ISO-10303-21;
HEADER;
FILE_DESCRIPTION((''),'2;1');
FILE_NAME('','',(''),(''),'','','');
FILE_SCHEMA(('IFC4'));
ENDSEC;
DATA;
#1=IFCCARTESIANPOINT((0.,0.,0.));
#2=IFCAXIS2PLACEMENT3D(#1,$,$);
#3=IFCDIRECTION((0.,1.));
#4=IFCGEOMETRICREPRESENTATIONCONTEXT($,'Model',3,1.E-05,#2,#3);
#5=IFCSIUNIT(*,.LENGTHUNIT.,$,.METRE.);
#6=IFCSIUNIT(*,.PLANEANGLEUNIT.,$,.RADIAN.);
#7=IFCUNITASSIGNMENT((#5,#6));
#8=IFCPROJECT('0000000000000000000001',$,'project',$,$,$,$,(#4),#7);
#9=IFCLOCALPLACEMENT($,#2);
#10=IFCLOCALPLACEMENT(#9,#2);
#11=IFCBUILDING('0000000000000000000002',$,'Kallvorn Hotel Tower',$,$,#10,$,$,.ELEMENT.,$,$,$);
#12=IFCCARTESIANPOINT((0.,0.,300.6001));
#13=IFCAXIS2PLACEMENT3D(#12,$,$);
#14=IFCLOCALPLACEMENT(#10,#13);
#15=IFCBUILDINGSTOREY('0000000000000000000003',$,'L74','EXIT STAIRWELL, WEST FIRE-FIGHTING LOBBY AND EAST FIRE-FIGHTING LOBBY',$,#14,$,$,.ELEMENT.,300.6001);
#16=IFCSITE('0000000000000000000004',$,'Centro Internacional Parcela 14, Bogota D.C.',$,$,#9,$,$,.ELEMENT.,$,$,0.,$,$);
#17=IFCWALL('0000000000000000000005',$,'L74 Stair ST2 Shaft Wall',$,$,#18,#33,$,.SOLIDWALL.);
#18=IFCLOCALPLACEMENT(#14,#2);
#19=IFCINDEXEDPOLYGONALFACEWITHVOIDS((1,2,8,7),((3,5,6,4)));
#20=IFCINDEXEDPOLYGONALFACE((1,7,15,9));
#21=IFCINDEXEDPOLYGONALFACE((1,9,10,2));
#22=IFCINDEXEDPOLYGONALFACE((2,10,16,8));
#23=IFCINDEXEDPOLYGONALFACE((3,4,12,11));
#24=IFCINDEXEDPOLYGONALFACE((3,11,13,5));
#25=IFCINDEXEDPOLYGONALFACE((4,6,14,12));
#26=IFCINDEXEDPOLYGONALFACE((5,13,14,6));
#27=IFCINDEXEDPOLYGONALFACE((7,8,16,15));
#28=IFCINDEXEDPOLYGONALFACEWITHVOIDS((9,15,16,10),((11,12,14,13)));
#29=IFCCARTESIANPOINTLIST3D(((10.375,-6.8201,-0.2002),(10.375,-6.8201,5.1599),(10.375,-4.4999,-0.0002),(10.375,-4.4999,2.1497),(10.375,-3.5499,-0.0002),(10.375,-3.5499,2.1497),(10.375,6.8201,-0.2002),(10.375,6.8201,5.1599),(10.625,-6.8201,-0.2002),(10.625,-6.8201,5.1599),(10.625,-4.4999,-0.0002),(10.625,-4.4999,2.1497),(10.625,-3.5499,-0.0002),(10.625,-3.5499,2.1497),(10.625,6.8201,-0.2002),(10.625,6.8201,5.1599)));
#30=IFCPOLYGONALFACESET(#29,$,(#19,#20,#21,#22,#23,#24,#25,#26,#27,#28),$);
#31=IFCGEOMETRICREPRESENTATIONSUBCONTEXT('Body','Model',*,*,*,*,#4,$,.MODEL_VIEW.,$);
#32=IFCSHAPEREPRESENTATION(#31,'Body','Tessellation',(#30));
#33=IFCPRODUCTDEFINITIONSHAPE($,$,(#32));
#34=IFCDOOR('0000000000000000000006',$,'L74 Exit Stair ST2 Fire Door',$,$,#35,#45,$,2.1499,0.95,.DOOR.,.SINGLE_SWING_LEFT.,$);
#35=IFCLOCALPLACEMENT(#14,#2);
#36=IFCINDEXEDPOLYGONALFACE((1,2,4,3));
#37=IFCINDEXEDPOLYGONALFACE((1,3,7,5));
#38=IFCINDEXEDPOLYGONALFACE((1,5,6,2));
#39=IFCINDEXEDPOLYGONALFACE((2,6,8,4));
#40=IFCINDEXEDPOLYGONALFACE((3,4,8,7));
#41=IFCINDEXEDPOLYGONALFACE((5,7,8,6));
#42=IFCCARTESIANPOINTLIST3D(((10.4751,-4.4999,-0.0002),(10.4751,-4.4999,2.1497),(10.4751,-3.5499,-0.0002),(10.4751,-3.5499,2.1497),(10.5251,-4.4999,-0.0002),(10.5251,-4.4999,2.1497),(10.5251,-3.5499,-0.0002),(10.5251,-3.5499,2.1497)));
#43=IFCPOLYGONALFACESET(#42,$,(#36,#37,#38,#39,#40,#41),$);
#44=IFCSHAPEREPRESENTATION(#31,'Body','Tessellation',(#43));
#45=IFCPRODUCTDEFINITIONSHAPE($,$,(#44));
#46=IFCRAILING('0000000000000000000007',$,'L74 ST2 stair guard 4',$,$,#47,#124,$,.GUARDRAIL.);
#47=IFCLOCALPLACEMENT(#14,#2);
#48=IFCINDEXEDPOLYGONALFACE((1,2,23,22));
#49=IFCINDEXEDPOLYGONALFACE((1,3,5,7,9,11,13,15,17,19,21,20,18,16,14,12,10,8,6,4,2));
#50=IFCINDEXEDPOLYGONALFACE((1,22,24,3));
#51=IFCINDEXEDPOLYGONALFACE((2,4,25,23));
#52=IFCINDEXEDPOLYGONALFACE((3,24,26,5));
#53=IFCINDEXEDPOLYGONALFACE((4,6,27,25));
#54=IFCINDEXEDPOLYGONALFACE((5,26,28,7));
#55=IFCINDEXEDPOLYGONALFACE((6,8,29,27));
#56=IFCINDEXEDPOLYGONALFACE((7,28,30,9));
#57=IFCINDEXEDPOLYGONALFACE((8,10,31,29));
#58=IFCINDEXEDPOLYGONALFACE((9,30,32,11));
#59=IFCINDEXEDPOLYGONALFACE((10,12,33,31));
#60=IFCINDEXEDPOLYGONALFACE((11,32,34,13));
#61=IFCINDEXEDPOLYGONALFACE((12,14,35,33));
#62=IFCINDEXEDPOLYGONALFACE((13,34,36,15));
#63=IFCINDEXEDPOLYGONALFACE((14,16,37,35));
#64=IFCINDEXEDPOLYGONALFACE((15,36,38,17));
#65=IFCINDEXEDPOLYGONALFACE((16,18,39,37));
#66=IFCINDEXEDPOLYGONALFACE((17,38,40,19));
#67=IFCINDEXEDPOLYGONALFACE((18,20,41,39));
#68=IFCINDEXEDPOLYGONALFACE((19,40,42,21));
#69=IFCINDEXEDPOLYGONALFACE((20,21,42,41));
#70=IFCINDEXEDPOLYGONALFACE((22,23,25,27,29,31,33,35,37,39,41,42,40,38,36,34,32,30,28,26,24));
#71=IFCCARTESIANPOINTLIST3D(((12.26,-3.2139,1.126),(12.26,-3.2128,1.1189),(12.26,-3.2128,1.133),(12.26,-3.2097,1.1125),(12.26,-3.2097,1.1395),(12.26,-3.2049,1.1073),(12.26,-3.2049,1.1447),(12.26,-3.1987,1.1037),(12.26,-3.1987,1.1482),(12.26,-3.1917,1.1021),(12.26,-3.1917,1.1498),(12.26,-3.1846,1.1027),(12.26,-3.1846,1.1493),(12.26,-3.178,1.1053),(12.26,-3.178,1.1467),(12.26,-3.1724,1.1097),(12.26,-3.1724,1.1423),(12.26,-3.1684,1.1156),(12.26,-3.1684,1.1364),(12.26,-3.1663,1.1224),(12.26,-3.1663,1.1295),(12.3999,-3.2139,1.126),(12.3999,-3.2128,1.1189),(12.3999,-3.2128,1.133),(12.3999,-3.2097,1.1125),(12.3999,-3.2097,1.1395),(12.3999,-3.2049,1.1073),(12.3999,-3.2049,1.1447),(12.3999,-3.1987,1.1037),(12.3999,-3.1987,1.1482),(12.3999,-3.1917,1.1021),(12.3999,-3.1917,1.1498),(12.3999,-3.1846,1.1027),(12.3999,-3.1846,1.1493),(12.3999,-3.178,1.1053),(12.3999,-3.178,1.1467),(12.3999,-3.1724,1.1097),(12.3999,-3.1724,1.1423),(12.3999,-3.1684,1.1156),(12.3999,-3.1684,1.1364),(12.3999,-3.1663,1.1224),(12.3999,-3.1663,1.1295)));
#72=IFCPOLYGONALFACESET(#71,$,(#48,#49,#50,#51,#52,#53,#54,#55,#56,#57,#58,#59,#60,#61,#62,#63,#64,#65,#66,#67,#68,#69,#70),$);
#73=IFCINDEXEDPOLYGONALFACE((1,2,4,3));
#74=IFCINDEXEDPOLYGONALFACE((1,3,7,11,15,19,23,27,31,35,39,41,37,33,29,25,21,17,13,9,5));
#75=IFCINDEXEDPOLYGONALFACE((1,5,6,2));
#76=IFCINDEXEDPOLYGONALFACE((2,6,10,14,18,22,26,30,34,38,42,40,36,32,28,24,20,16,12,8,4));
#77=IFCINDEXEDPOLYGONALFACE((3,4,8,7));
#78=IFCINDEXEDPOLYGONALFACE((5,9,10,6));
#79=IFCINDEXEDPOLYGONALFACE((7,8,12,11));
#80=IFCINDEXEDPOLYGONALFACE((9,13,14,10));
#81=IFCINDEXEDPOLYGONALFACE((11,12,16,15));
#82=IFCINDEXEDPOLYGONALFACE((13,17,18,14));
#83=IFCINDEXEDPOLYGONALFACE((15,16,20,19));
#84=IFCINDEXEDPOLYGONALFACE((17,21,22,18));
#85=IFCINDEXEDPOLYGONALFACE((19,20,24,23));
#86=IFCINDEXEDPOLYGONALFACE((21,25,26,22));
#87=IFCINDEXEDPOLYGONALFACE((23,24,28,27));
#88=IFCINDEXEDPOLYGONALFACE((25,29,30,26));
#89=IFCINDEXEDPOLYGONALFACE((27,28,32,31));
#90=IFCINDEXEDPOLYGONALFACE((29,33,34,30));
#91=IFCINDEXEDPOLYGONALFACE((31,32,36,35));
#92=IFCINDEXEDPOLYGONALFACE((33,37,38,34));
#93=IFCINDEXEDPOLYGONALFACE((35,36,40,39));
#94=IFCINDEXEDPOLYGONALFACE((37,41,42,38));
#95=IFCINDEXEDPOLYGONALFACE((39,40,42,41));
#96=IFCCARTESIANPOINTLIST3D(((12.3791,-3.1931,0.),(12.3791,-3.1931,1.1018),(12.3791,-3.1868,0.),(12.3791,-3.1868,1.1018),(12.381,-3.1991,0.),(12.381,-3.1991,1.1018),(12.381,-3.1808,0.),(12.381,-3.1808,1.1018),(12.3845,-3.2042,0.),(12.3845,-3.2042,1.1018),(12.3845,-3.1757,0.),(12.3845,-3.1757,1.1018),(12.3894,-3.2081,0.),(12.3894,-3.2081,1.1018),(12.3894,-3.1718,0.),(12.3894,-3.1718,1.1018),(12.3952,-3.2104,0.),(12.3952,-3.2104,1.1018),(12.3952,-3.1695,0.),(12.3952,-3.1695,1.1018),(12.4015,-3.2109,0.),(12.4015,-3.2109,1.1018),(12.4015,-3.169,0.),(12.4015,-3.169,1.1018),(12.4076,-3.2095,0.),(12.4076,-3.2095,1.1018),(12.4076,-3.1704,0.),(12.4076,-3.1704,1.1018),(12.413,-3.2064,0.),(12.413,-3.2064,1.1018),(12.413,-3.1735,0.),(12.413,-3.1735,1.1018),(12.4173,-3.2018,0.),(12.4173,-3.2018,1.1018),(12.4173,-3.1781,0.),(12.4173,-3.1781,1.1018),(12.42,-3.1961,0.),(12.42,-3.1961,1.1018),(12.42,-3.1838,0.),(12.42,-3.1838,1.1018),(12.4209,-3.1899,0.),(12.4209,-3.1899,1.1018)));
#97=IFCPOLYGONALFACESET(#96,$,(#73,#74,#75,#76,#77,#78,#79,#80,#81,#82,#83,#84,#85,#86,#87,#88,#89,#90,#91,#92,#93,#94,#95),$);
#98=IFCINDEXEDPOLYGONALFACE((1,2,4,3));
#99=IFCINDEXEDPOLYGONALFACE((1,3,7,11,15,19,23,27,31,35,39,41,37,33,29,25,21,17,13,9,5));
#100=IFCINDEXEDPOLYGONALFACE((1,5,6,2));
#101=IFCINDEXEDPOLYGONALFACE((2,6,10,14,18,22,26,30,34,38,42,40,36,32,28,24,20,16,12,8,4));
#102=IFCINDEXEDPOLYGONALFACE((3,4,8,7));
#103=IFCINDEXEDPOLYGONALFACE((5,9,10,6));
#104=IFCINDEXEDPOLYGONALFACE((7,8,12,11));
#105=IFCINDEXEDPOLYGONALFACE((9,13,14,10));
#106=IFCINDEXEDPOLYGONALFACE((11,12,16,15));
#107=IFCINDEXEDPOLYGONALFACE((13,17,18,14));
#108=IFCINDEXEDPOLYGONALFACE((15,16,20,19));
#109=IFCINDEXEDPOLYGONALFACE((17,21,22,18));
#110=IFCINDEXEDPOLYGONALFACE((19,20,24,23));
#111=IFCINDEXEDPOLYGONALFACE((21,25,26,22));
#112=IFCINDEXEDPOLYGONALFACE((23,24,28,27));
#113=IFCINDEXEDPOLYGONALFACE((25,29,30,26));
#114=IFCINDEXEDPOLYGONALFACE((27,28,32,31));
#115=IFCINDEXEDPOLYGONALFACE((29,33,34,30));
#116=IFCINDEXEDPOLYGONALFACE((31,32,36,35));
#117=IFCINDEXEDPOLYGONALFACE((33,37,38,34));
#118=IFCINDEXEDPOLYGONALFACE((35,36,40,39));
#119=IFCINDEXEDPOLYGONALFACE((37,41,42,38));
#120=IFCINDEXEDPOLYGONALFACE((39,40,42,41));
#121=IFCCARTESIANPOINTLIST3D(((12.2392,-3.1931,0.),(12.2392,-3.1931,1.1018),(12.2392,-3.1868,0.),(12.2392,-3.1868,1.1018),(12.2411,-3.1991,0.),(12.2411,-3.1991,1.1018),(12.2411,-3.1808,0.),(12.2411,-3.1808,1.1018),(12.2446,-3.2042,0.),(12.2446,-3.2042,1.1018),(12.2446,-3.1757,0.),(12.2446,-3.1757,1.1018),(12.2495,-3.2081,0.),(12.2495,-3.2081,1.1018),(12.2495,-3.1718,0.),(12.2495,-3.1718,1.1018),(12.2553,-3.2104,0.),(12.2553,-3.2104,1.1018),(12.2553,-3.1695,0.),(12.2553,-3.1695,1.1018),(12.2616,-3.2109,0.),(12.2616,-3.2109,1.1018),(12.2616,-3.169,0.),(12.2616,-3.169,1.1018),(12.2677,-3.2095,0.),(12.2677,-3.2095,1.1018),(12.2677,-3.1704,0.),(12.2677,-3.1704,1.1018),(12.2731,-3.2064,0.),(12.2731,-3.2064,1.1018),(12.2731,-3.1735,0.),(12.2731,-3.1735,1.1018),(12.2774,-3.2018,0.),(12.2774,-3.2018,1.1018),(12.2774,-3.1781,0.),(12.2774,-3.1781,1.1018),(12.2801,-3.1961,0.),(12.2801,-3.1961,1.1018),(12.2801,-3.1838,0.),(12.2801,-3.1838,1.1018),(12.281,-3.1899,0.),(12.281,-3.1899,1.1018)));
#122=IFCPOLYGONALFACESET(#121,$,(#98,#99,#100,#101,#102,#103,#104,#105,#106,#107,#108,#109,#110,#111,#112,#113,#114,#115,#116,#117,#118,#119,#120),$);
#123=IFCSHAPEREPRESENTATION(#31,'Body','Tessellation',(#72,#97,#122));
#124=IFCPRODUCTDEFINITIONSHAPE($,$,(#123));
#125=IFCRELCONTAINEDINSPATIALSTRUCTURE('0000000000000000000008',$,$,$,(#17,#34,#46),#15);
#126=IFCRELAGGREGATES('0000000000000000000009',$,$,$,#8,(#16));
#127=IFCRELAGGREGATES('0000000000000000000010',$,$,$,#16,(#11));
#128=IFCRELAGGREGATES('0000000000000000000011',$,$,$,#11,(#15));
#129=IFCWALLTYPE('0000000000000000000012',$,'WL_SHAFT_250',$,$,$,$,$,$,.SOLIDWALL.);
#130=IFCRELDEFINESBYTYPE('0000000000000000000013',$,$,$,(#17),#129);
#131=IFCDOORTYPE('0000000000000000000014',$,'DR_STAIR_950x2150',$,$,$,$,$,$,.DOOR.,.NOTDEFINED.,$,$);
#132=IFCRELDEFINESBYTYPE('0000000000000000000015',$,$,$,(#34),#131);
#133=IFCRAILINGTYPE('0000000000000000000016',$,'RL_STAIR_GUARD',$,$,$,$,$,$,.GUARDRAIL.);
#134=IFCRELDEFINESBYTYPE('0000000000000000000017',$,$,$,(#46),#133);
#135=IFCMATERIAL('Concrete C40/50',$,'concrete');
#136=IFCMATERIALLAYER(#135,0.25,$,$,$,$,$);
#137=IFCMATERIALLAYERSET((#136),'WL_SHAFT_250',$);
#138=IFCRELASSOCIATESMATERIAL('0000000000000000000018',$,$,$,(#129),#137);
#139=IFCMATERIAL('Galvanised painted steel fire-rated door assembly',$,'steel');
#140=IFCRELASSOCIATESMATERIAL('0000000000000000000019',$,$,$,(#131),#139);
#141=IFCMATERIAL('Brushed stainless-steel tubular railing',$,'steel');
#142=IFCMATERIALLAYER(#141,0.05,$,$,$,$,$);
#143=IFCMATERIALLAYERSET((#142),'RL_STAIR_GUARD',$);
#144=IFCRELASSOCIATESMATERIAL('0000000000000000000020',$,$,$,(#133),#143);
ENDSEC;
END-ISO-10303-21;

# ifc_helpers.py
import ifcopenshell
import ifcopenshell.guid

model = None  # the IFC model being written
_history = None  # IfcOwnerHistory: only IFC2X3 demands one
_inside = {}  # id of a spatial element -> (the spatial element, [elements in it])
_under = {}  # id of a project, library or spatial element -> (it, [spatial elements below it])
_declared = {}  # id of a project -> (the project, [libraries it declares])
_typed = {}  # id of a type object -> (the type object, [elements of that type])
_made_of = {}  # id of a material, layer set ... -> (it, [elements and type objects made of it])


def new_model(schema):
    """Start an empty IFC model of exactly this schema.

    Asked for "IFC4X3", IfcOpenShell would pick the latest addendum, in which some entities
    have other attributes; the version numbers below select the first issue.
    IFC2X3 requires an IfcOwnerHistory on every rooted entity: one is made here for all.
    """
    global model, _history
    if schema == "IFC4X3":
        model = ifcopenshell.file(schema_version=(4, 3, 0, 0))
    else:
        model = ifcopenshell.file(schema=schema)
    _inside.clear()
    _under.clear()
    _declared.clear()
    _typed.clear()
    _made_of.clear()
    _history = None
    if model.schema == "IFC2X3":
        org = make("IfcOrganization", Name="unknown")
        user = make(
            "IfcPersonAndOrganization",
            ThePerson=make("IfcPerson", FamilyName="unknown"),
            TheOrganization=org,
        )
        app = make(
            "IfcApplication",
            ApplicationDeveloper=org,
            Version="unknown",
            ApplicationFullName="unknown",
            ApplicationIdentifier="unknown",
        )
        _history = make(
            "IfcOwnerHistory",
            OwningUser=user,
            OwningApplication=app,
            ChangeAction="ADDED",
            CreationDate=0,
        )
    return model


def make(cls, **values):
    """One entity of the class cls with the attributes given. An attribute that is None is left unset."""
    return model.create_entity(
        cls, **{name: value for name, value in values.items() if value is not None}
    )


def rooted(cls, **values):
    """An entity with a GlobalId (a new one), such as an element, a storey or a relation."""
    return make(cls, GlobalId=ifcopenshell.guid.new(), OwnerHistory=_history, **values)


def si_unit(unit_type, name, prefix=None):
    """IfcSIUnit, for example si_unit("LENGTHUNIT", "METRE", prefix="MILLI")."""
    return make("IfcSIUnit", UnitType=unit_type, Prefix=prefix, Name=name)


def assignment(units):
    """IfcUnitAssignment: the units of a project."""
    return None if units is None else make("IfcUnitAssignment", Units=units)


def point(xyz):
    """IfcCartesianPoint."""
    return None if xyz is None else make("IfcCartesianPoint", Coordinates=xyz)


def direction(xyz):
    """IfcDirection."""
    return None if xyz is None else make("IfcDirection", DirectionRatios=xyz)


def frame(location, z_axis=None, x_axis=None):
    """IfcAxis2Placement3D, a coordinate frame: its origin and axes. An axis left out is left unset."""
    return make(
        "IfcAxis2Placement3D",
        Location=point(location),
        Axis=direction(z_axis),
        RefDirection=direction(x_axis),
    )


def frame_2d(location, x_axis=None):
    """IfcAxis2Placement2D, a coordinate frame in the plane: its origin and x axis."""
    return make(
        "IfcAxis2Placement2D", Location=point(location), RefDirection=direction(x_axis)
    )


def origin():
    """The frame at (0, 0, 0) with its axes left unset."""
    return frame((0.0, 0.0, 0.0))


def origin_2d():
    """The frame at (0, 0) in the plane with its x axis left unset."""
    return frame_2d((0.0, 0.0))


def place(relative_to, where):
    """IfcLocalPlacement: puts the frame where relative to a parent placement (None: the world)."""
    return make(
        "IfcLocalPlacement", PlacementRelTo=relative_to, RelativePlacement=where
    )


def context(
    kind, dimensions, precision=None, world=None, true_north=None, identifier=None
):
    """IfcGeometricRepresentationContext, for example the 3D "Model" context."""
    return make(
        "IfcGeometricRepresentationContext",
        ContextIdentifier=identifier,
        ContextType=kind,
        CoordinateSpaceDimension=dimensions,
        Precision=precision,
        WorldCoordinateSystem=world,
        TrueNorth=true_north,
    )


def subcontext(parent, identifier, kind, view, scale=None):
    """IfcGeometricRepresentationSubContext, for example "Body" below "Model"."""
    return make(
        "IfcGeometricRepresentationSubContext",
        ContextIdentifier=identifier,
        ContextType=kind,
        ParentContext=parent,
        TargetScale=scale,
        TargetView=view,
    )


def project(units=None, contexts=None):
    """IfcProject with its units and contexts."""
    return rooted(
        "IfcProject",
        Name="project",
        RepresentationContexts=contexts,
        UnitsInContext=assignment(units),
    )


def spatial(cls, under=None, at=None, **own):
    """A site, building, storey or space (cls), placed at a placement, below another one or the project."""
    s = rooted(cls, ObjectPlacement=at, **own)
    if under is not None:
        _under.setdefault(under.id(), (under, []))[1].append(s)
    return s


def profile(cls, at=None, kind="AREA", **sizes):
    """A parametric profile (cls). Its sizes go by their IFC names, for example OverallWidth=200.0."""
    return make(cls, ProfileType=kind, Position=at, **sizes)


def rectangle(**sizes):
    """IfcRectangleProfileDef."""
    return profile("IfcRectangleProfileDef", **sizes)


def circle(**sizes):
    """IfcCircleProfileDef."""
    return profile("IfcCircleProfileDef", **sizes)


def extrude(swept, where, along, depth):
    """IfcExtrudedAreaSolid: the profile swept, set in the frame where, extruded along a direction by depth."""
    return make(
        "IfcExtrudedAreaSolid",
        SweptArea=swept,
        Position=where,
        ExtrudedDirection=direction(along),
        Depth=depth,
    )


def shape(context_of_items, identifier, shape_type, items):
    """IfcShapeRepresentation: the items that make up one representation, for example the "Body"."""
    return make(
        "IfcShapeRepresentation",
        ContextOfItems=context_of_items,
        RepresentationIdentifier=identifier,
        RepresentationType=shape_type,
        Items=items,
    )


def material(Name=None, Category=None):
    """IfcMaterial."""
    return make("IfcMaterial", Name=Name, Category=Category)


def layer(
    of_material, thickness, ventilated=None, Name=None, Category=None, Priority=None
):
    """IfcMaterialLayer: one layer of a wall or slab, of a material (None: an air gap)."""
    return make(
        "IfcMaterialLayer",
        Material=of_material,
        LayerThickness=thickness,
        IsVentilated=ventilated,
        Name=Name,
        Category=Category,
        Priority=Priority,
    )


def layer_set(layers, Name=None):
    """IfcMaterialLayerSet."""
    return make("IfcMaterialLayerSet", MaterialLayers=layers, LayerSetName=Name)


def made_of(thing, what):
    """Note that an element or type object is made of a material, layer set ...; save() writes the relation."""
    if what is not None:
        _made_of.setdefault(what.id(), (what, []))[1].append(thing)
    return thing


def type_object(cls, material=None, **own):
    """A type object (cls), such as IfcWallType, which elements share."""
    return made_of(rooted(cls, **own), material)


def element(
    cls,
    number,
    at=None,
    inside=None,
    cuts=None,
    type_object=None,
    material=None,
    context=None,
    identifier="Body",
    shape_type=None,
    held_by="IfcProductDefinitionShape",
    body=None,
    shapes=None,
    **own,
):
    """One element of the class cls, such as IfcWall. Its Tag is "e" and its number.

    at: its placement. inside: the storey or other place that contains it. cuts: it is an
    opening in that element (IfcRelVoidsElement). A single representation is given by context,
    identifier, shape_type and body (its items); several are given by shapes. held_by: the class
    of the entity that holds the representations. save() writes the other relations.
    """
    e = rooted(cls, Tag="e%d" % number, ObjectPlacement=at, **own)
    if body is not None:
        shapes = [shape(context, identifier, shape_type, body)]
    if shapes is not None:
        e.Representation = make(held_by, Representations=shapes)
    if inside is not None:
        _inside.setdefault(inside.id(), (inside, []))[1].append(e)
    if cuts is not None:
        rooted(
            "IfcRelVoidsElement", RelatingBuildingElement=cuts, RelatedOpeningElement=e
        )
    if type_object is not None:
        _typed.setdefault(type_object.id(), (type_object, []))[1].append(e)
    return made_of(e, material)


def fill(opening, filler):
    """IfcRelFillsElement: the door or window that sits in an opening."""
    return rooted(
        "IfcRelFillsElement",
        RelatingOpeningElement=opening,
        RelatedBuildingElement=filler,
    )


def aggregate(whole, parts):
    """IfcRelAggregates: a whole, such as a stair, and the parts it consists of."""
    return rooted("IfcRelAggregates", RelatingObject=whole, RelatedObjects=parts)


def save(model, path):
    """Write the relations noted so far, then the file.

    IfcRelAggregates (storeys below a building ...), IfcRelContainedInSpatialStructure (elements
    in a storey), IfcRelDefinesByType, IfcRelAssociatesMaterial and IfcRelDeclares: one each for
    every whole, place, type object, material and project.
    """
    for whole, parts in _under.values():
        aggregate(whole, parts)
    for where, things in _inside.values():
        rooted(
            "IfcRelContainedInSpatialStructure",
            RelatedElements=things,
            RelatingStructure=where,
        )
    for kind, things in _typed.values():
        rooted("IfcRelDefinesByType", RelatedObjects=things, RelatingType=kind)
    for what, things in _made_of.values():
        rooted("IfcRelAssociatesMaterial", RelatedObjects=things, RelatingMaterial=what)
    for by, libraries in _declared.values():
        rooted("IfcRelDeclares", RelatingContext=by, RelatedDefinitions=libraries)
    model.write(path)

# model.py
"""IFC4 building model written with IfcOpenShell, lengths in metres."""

from ifc_helpers import new_model, si_unit, direction, frame, frame_2d, origin, origin_2d, place, context, subcontext, project, spatial, rectangle, circle, extrude, material, layer, layer_set, type_object, element, fill, save


model = new_model("IFC4")

# Units and contexts
model_context = context("Model", 3, precision=1e-05, world=origin(), true_north=direction((0.0, 1.0)))
body_context = subcontext(model_context, "Body", "Model", "MODEL_VIEW")
ifc_project = project(units=[si_unit("LENGTHUNIT", "METRE"), si_unit("PLANEANGLEUNIT", "RADIAN")], contexts=[model_context])

# Site, building, storey
site_placement = place(None, origin())
site = spatial("IfcSite", under=ifc_project, at=site_placement, Name="Centro Internacional Parcela 14, Bogota D.C.", CompositionType="ELEMENT", RefElevation=0.0)
building_placement = place(site_placement, origin())
building = spatial("IfcBuilding", under=site, at=building_placement, Name="Kallvorn Hotel Tower", CompositionType="ELEMENT")
storey_placement = place(building_placement, frame((0.0, 0.0, 300.6001)))
storey = spatial("IfcBuildingStorey", under=building, at=storey_placement, Name="L74", Description="EXIT STAIRWELL, WEST FIRE-FIGHTING LOBBY AND EAST FIRE-FIGHTING LOBBY", CompositionType="ELEMENT", Elevation=300.6001)

# Shared definitions
ifc_material_1 = material(Name="Concrete C40/50", Category="concrete")
ifc_layer_1 = layer(ifc_material_1, 0.25)
ifc_layer_set_1 = layer_set([ifc_layer_1], Name="WL_SHAFT_250")
wall_type_1 = type_object("IfcWallType", Name="WL_SHAFT_250", PredefinedType="SOLIDWALL", material=ifc_layer_set_1)

# Wall, opening, door
wall_1_placement = place(storey_placement, frame((10.5, -6.8201, -0.2002), z_axis=(0.0, 0.0, 1.0), x_axis=(0.0, 1.0, 0.0)))
wall_1 = element("IfcWall", 1, at=wall_1_placement, inside=storey, type_object=wall_type_1, Name="L74 Stair ST2 Shaft Wall", PredefinedType="SOLIDWALL", context=body_context, shape_type="SweptSolid", body=[
    extrude(rectangle(XDim=13.6401, YDim=0.25, at=frame_2d((6.8201, 0.0))), origin(), (0.0, 0.0, 1.0), 5.3601),
])
opening_1_placement = place(wall_1_placement, frame((2.3201, 0.0, 0.2)))
opening_1 = element("IfcOpeningElement", 2, at=opening_1_placement, cuts=wall_1, PredefinedType="OPENING", context=body_context, shape_type="SweptSolid", body=[
    extrude(rectangle(XDim=0.95, YDim=2.1499, at=frame_2d((0.4751, 1.075))), frame((0.0, 0.1399, 0.0), z_axis=(0.0, -1.0, 0.0), x_axis=(1.0, 0.0, 0.0)), (0.0, 0.0, 1.0), 0.28),
])
ifc_material_2 = material(Name="Galvanised painted steel fire-rated door assembly", Category="steel")
door_type_1 = type_object("IfcDoorType", Name="DR_STAIR_950x2150", OperationType="NOTDEFINED", PredefinedType="DOOR", material=ifc_material_2)
door_1_placement = place(opening_1_placement, origin())
door_1 = element("IfcDoor", 3, at=door_1_placement, inside=storey, type_object=door_type_1, Name="L74 Exit Stair ST2 Fire Door", OperationType="SINGLE_SWING_LEFT", OverallHeight=2.1499, OverallWidth=0.95, PredefinedType="DOOR", context=body_context, shape_type="SweptSolid", body=[
    extrude(rectangle(XDim=0.95, YDim=2.1499, at=frame_2d((0.4751, 1.075))), frame((0.0, 0.0249, 0.0), z_axis=(0.0, -1.0, 0.0), x_axis=(1.0, 0.0, 0.0)), (0.0, 0.0, 1.0), 0.05),
])
fill(opening_1, door_1)

# Railing
ifc_material_3 = material(Name="Brushed stainless-steel tubular railing", Category="steel")
ifc_layer_2 = layer(ifc_material_3, 0.05)
ifc_layer_set_2 = layer_set([ifc_layer_2], Name="RL_STAIR_GUARD")
railing_type = type_object("IfcRailingType", Name="RL_STAIR_GUARD", PredefinedType="GUARDRAIL", material=ifc_layer_set_2)
railing_placement = place(storey_placement, frame((12.3999, -3.1899, 0.0)))
element("IfcRailing", 4, at=railing_placement, inside=storey, type_object=railing_type, Name="L74 ST2 stair guard 4", PredefinedType="GUARDRAIL", context=body_context, shape_type="SweptSolid", body=[
    extrude(circle(Radius=0.0239, at=origin_2d()), frame((0.0, 0.0, 1.126), z_axis=(-1.0, 0.0, 0.0), x_axis=(0.0, -1.0, 0.0)), (0.0, 0.0, 1.0), 0.1399),
    extrude(circle(Radius=0.021, at=origin_2d()), origin(), (0.0, 0.0, 1.0), 1.1018),
    extrude(circle(Radius=0.021, at=origin_2d()), frame((-0.1399, 0.0, 0.0)), (0.0, 0.0, 1.0), 1.1018),
])

save(model, "model.ifc")
